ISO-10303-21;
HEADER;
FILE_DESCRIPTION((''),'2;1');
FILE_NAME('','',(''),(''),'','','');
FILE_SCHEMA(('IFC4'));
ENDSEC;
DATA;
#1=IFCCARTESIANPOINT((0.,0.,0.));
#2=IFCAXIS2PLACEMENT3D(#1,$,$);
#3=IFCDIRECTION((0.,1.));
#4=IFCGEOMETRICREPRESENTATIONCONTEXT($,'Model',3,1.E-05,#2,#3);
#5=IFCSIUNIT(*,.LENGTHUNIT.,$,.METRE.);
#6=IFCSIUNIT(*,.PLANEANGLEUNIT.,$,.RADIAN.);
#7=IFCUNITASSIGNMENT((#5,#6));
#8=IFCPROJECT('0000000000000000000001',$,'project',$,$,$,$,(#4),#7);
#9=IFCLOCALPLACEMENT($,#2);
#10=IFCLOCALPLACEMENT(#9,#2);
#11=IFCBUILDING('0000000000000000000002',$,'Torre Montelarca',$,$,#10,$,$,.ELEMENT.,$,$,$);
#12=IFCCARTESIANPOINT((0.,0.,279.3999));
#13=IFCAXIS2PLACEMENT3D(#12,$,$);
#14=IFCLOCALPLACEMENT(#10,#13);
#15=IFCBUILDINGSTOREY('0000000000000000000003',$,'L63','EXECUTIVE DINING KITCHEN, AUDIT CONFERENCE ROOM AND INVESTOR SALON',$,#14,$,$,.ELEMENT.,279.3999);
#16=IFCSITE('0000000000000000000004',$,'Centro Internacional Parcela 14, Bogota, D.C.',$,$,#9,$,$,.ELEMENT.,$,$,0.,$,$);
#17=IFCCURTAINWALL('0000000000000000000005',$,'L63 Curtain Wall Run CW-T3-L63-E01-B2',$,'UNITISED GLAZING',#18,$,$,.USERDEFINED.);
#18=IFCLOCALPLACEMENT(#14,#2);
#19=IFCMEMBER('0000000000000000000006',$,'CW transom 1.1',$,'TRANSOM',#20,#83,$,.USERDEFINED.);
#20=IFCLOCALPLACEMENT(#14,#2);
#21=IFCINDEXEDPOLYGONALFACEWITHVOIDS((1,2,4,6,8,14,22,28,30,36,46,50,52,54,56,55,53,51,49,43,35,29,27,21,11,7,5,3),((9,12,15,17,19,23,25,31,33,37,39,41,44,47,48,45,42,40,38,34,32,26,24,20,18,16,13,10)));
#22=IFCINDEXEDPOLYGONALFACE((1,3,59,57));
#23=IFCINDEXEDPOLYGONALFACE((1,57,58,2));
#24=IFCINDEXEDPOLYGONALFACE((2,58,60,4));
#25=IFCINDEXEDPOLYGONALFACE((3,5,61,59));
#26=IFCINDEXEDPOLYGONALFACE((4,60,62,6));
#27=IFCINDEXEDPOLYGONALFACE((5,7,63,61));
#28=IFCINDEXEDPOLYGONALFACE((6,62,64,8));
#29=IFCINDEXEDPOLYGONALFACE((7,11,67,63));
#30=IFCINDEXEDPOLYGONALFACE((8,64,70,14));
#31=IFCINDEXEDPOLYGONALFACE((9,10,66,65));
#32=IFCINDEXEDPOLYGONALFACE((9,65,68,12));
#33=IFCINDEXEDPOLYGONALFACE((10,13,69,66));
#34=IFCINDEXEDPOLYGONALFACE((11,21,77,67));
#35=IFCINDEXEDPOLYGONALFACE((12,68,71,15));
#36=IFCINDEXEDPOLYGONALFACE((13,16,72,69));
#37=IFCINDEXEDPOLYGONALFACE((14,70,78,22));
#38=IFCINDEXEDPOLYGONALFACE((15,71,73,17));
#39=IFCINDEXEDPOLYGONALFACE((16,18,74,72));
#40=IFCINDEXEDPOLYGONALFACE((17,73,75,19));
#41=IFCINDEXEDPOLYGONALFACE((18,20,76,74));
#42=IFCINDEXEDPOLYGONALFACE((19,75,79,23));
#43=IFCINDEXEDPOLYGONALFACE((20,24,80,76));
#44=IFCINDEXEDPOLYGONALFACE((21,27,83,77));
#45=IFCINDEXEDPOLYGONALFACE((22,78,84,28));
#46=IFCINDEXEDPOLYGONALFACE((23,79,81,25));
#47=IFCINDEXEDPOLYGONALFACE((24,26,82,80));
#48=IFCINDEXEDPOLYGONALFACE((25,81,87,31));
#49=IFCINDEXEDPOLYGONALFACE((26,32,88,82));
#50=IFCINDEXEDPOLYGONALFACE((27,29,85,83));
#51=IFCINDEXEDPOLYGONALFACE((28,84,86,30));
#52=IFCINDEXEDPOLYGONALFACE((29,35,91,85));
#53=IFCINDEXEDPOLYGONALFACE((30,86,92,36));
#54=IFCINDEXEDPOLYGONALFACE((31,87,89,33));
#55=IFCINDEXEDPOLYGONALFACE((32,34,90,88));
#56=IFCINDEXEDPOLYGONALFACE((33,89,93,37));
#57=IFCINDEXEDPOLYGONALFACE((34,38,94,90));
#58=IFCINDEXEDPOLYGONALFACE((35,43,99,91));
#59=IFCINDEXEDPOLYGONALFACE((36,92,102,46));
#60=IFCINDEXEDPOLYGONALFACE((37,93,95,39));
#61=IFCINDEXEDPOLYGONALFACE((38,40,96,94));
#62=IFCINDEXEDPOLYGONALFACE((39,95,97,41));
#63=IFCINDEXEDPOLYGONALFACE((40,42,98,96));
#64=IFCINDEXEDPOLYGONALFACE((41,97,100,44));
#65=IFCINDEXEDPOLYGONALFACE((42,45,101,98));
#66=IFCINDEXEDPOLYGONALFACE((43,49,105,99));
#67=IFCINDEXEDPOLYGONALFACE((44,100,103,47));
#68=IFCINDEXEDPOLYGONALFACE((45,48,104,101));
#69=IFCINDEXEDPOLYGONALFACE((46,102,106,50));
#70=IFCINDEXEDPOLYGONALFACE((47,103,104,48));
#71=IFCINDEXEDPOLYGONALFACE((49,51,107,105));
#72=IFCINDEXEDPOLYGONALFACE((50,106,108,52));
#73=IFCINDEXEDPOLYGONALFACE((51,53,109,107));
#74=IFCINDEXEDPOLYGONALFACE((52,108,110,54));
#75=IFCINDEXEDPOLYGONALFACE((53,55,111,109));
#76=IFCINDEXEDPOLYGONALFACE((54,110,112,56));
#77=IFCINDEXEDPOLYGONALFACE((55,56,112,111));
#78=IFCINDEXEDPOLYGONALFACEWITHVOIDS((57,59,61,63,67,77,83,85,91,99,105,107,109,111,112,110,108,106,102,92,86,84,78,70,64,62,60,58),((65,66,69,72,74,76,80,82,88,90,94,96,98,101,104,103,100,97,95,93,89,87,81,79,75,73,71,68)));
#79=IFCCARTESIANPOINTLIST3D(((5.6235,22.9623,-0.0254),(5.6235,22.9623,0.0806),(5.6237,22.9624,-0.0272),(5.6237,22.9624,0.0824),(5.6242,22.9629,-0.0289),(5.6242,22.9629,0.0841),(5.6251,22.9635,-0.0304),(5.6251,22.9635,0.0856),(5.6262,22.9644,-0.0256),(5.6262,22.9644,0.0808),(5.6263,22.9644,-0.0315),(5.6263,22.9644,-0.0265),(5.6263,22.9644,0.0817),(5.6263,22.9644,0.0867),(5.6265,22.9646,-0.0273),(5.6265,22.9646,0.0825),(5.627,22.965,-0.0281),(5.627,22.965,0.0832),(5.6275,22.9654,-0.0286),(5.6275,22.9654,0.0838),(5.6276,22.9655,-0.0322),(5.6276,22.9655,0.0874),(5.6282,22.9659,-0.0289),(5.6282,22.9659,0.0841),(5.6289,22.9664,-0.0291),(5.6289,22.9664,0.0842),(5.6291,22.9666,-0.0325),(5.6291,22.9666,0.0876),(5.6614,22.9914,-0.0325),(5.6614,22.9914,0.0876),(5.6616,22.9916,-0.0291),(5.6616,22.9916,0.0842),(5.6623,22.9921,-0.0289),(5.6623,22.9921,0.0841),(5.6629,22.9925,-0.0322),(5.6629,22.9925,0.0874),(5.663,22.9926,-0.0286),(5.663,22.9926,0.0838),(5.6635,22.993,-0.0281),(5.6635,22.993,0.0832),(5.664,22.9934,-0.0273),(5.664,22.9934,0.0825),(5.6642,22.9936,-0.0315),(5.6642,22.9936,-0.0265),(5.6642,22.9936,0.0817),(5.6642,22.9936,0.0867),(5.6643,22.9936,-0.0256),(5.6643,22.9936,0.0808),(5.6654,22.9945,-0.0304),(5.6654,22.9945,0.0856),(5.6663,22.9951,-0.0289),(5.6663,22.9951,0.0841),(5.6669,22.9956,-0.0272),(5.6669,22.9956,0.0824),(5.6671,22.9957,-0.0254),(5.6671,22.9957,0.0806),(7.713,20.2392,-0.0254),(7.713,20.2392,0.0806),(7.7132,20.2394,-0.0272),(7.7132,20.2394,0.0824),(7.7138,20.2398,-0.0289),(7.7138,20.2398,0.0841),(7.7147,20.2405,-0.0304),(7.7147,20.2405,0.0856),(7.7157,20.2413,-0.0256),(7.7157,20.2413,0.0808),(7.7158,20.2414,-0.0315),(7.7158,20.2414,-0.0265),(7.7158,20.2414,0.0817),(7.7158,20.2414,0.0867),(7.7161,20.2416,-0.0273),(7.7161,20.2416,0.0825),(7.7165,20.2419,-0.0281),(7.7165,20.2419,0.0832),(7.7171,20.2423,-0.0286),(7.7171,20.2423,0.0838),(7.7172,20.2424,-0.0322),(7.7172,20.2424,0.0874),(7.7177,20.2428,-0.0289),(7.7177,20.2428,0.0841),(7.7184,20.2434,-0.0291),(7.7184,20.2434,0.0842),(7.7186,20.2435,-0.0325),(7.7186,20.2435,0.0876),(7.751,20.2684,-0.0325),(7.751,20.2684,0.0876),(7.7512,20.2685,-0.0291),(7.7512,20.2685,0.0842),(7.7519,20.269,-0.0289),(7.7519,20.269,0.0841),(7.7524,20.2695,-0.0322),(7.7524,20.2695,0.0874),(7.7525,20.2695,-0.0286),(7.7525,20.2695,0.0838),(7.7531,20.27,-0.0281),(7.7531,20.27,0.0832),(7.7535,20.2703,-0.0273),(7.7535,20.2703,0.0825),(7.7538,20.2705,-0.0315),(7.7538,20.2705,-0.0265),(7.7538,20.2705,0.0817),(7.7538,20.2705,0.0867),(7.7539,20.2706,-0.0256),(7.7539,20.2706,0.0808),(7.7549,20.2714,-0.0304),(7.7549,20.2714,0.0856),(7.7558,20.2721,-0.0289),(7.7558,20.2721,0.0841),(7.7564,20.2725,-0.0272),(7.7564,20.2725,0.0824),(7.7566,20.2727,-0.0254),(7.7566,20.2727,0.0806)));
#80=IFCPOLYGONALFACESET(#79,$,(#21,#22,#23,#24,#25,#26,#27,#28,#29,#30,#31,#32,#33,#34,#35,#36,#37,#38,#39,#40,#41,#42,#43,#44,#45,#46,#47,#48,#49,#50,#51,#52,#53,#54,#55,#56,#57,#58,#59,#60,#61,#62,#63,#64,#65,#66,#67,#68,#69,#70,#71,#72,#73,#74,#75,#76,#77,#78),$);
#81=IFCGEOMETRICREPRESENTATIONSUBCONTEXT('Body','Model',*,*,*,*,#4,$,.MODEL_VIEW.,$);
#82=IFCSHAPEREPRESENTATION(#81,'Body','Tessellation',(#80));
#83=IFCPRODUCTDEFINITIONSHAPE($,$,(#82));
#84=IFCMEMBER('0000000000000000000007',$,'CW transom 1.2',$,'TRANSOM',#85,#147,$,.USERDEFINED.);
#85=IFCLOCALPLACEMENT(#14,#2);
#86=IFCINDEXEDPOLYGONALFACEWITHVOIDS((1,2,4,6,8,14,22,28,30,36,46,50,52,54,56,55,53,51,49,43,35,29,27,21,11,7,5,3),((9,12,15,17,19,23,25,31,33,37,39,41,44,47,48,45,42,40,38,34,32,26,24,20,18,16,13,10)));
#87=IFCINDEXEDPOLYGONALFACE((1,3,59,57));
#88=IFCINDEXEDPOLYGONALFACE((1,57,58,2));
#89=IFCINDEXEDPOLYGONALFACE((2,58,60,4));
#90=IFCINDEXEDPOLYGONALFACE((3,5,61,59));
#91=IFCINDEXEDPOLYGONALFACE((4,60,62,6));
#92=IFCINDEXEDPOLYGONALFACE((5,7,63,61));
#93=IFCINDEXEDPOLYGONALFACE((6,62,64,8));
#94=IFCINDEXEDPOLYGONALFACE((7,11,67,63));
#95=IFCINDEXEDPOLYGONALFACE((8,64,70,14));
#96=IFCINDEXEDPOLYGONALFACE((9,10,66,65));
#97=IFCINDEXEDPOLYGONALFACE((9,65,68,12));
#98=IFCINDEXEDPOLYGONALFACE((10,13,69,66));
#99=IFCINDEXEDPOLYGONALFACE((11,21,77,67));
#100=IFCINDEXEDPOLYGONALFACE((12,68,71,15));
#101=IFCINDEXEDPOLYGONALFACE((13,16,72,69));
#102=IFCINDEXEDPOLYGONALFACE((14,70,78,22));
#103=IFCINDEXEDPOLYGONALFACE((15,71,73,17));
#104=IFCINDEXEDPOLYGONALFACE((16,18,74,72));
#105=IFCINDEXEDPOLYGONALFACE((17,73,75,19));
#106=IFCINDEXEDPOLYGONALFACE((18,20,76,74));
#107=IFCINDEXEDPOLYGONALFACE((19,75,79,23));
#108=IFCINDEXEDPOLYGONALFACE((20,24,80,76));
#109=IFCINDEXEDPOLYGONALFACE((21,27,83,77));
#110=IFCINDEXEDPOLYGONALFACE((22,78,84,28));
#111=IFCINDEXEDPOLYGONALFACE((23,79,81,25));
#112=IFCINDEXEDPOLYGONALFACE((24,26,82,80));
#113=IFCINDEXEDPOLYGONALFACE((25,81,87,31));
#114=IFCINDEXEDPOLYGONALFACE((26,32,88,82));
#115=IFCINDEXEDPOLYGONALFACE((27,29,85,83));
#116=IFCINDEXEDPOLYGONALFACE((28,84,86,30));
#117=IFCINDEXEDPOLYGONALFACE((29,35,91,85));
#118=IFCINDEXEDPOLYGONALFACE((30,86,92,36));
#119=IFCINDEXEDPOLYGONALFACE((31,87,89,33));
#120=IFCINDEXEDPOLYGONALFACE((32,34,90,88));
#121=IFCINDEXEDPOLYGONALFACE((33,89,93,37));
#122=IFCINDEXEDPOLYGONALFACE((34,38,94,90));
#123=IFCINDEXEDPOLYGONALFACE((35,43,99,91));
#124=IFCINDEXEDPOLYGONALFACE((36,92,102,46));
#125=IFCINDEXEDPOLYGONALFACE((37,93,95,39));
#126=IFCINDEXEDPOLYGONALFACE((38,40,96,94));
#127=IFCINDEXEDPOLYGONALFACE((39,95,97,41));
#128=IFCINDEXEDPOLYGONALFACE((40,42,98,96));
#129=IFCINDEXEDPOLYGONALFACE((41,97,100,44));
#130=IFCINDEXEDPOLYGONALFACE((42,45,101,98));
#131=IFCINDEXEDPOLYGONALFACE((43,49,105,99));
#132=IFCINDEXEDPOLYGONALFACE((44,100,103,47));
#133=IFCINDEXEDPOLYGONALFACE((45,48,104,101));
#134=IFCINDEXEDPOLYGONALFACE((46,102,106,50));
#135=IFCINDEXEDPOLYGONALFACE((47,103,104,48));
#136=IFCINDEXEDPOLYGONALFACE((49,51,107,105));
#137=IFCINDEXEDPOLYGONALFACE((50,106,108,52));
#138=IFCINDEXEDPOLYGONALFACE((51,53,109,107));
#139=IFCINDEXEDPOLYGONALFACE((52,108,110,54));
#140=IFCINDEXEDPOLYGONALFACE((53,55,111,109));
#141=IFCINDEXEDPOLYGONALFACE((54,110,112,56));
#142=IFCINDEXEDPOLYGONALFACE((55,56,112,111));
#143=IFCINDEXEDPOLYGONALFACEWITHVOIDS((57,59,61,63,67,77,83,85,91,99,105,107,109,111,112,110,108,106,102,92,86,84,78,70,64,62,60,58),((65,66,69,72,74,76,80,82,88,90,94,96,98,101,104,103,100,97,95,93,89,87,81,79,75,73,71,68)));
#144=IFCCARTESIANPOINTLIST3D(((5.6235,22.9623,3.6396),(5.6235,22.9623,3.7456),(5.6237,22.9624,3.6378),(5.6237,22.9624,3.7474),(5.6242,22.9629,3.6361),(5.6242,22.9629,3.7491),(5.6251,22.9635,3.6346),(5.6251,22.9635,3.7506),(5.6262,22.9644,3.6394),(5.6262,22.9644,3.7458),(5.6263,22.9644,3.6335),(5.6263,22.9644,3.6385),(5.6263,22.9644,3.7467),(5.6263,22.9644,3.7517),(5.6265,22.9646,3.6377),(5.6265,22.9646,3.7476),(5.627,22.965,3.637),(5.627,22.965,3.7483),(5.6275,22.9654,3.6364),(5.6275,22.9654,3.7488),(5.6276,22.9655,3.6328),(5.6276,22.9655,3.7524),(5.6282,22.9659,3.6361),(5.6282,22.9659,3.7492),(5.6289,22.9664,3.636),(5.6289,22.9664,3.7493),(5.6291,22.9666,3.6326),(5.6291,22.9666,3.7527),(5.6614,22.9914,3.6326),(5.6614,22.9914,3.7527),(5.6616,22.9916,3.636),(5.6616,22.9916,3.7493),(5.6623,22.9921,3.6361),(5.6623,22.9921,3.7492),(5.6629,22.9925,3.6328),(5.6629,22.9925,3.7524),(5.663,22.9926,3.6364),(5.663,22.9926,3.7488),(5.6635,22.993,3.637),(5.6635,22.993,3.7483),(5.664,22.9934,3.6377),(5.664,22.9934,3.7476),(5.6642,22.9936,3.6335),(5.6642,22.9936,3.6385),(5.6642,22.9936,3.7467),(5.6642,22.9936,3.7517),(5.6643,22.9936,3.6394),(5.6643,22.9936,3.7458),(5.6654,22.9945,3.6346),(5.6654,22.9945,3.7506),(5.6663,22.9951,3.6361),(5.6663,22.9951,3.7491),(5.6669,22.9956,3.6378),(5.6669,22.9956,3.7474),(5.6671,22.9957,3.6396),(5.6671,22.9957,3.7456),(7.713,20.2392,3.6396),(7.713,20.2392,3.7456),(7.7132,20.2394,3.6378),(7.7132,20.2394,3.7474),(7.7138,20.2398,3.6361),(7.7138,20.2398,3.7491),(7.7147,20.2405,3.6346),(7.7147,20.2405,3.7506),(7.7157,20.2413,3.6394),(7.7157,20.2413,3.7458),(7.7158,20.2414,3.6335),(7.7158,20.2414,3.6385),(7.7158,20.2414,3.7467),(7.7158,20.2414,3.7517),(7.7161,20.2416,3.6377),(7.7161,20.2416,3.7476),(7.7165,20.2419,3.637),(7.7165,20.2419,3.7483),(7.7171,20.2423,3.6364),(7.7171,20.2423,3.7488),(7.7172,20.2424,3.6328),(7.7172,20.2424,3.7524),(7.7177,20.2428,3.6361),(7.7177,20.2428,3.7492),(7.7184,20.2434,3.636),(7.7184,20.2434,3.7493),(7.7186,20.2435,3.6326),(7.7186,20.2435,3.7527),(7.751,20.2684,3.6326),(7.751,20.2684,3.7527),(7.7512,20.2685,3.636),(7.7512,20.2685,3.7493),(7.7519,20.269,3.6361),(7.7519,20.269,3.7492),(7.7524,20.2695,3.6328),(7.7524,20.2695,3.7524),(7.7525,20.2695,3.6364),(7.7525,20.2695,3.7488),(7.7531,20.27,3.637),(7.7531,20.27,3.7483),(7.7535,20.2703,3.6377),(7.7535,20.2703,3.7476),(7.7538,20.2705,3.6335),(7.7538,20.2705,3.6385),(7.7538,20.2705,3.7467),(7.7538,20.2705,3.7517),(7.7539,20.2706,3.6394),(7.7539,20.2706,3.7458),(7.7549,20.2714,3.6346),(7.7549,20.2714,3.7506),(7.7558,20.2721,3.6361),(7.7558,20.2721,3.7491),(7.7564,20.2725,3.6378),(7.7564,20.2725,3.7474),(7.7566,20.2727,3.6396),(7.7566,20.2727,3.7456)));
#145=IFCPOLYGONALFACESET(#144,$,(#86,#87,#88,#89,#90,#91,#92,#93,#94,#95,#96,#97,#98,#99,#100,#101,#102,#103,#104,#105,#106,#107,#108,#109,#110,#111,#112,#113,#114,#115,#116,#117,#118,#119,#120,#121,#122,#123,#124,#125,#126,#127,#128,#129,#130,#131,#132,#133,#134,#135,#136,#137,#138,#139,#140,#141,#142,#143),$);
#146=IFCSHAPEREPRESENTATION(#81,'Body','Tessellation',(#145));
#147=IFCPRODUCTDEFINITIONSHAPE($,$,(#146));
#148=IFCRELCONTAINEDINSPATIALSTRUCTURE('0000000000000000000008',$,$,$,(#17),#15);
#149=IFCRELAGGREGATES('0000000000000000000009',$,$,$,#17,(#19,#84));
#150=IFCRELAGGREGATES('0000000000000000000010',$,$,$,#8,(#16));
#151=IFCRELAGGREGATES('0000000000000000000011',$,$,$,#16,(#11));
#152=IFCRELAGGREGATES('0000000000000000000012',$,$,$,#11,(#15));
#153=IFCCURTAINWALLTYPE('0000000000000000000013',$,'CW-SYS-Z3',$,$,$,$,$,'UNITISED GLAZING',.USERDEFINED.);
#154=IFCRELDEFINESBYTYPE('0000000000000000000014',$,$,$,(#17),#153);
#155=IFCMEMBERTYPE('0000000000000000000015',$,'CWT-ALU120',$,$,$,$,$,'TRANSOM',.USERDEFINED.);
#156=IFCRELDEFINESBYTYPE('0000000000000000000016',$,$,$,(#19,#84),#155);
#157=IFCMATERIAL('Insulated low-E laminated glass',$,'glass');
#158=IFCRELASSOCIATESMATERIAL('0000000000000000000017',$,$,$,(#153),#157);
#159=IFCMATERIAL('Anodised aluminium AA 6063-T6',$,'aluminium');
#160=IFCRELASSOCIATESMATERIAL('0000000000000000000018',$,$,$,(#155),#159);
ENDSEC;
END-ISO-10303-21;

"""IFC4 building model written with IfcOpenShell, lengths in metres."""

from ifc_helpers import new_model, si_unit, direction, frame, origin, origin_2d, place, context, subcontext, project, spatial, hollow_rectangle, extrude, source, transform, mapped, material, material_profile, profile_set, type_object, element, aggregate, save


model = new_model("IFC4")

# Units and contexts
model_context = context("Model", 3, precision=1e-05, world=origin(), true_north=direction((0.0, 1.0)))
body_context = subcontext(model_context, "Body", "Model", "MODEL_VIEW")
ifc_project = project(units=[si_unit("LENGTHUNIT", "METRE"), si_unit("PLANEANGLEUNIT", "RADIAN")], contexts=[model_context])

# Site, building, storey
site_placement = place(None, origin())
site = spatial("IfcSite", under=ifc_project, at=site_placement, Name="Centro Internacional Parcela 14, Bogota, D.C.", CompositionType="ELEMENT", RefElevation=0.0)
building_placement = place(site_placement, origin())
building = spatial("IfcBuilding", under=site, at=building_placement, Name="Torre Montelarca", CompositionType="ELEMENT")
storey_placement = place(building_placement, frame((0.0, 0.0, 279.3999)))
storey = spatial("IfcBuildingStorey", under=building, at=storey_placement, Name="L63", Description="EXECUTIVE DINING KITCHEN, AUDIT CONFERENCE ROOM AND INVESTOR SALON", CompositionType="ELEMENT", Elevation=279.3999)

# Curtain wall
ifc_material_1 = material(Name="Insulated low-E laminated glass", Category="glass")
curtain_wall_type = type_object("IfcCurtainWallType", Name="CW-SYS-Z3", ElementType="UNITISED GLAZING", PredefinedType="USERDEFINED", material=ifc_material_1)
ifc_material_2 = material(Name="Anodised aluminium AA 6063-T6", Category="aluminium")
curtain_wall_1_placement = place(storey_placement, origin())
curtain_wall_1 = element("IfcCurtainWall", 1, at=curtain_wall_1_placement, inside=storey, type_object=curtain_wall_type, Name="L63 Curtain Wall Run CW-T3-L63-E01-B2", ObjectType="UNITISED GLAZING", PredefinedType="USERDEFINED")

# Members
ifc_material_profile_1 = material_profile(ifc_material_2, hollow_rectangle(XDim=0.0549, YDim=0.1201, WallThickness=0.0034, InnerFilletRadius=0.0034, OuterFilletRadius=0.0071, at=origin_2d()), Name="ALU55X120X3.5", Category="aluminium")
ifc_profile_set_1 = profile_set([ifc_material_profile_1], Name="Anodised aluminium AA 6063-T6")
member_type_1 = type_object("IfcMemberType", Name="CWT-ALU120", ElementType="TRANSOM", PredefinedType="USERDEFINED", material=ifc_profile_set_1)
shared_shape_1 = source(origin(), body_context, "Body", "SweptSolid", [
    extrude(hollow_rectangle(XDim=0.0549, YDim=0.1201, WallThickness=0.0034, InnerFilletRadius=0.0034, OuterFilletRadius=0.0071, at=origin_2d()), origin(), (0.0, 0.0, 1.0), 3.4324),
])
member_1_placement = place(storey_placement, frame((5.6453, 22.979, 0.0276), z_axis=(0.608772, -0.793345, 0.0), x_axis=(0.793345, 0.608772, 0.0)))
member_1 = element("IfcMember", 2, at=member_1_placement, type_object=member_type_1, Name="CW transom 1.1", ObjectType="TRANSOM", PredefinedType="USERDEFINED", context=body_context, shape_type="MappedRepresentation", body=[
    mapped(shared_shape_1, transform((0.0, 0.0, 0.0), scale=1.0)),
])
member_2_placement = place(storey_placement, frame((5.6453, 22.979, 3.6926), z_axis=(0.608772, -0.793345, 0.0), x_axis=(0.793345, 0.608772, 0.0)))
member_2 = element("IfcMember", 3, at=member_2_placement, type_object=member_type_1, Name="CW transom 1.2", ObjectType="TRANSOM", PredefinedType="USERDEFINED", context=body_context, shape_type="MappedRepresentation", body=[
    mapped(shared_shape_1, transform((0.0, 0.0, 0.0), scale=1.0)),
])

aggregate(curtain_wall_1, [member_1, member_2])

save(model, "model.ifc")
